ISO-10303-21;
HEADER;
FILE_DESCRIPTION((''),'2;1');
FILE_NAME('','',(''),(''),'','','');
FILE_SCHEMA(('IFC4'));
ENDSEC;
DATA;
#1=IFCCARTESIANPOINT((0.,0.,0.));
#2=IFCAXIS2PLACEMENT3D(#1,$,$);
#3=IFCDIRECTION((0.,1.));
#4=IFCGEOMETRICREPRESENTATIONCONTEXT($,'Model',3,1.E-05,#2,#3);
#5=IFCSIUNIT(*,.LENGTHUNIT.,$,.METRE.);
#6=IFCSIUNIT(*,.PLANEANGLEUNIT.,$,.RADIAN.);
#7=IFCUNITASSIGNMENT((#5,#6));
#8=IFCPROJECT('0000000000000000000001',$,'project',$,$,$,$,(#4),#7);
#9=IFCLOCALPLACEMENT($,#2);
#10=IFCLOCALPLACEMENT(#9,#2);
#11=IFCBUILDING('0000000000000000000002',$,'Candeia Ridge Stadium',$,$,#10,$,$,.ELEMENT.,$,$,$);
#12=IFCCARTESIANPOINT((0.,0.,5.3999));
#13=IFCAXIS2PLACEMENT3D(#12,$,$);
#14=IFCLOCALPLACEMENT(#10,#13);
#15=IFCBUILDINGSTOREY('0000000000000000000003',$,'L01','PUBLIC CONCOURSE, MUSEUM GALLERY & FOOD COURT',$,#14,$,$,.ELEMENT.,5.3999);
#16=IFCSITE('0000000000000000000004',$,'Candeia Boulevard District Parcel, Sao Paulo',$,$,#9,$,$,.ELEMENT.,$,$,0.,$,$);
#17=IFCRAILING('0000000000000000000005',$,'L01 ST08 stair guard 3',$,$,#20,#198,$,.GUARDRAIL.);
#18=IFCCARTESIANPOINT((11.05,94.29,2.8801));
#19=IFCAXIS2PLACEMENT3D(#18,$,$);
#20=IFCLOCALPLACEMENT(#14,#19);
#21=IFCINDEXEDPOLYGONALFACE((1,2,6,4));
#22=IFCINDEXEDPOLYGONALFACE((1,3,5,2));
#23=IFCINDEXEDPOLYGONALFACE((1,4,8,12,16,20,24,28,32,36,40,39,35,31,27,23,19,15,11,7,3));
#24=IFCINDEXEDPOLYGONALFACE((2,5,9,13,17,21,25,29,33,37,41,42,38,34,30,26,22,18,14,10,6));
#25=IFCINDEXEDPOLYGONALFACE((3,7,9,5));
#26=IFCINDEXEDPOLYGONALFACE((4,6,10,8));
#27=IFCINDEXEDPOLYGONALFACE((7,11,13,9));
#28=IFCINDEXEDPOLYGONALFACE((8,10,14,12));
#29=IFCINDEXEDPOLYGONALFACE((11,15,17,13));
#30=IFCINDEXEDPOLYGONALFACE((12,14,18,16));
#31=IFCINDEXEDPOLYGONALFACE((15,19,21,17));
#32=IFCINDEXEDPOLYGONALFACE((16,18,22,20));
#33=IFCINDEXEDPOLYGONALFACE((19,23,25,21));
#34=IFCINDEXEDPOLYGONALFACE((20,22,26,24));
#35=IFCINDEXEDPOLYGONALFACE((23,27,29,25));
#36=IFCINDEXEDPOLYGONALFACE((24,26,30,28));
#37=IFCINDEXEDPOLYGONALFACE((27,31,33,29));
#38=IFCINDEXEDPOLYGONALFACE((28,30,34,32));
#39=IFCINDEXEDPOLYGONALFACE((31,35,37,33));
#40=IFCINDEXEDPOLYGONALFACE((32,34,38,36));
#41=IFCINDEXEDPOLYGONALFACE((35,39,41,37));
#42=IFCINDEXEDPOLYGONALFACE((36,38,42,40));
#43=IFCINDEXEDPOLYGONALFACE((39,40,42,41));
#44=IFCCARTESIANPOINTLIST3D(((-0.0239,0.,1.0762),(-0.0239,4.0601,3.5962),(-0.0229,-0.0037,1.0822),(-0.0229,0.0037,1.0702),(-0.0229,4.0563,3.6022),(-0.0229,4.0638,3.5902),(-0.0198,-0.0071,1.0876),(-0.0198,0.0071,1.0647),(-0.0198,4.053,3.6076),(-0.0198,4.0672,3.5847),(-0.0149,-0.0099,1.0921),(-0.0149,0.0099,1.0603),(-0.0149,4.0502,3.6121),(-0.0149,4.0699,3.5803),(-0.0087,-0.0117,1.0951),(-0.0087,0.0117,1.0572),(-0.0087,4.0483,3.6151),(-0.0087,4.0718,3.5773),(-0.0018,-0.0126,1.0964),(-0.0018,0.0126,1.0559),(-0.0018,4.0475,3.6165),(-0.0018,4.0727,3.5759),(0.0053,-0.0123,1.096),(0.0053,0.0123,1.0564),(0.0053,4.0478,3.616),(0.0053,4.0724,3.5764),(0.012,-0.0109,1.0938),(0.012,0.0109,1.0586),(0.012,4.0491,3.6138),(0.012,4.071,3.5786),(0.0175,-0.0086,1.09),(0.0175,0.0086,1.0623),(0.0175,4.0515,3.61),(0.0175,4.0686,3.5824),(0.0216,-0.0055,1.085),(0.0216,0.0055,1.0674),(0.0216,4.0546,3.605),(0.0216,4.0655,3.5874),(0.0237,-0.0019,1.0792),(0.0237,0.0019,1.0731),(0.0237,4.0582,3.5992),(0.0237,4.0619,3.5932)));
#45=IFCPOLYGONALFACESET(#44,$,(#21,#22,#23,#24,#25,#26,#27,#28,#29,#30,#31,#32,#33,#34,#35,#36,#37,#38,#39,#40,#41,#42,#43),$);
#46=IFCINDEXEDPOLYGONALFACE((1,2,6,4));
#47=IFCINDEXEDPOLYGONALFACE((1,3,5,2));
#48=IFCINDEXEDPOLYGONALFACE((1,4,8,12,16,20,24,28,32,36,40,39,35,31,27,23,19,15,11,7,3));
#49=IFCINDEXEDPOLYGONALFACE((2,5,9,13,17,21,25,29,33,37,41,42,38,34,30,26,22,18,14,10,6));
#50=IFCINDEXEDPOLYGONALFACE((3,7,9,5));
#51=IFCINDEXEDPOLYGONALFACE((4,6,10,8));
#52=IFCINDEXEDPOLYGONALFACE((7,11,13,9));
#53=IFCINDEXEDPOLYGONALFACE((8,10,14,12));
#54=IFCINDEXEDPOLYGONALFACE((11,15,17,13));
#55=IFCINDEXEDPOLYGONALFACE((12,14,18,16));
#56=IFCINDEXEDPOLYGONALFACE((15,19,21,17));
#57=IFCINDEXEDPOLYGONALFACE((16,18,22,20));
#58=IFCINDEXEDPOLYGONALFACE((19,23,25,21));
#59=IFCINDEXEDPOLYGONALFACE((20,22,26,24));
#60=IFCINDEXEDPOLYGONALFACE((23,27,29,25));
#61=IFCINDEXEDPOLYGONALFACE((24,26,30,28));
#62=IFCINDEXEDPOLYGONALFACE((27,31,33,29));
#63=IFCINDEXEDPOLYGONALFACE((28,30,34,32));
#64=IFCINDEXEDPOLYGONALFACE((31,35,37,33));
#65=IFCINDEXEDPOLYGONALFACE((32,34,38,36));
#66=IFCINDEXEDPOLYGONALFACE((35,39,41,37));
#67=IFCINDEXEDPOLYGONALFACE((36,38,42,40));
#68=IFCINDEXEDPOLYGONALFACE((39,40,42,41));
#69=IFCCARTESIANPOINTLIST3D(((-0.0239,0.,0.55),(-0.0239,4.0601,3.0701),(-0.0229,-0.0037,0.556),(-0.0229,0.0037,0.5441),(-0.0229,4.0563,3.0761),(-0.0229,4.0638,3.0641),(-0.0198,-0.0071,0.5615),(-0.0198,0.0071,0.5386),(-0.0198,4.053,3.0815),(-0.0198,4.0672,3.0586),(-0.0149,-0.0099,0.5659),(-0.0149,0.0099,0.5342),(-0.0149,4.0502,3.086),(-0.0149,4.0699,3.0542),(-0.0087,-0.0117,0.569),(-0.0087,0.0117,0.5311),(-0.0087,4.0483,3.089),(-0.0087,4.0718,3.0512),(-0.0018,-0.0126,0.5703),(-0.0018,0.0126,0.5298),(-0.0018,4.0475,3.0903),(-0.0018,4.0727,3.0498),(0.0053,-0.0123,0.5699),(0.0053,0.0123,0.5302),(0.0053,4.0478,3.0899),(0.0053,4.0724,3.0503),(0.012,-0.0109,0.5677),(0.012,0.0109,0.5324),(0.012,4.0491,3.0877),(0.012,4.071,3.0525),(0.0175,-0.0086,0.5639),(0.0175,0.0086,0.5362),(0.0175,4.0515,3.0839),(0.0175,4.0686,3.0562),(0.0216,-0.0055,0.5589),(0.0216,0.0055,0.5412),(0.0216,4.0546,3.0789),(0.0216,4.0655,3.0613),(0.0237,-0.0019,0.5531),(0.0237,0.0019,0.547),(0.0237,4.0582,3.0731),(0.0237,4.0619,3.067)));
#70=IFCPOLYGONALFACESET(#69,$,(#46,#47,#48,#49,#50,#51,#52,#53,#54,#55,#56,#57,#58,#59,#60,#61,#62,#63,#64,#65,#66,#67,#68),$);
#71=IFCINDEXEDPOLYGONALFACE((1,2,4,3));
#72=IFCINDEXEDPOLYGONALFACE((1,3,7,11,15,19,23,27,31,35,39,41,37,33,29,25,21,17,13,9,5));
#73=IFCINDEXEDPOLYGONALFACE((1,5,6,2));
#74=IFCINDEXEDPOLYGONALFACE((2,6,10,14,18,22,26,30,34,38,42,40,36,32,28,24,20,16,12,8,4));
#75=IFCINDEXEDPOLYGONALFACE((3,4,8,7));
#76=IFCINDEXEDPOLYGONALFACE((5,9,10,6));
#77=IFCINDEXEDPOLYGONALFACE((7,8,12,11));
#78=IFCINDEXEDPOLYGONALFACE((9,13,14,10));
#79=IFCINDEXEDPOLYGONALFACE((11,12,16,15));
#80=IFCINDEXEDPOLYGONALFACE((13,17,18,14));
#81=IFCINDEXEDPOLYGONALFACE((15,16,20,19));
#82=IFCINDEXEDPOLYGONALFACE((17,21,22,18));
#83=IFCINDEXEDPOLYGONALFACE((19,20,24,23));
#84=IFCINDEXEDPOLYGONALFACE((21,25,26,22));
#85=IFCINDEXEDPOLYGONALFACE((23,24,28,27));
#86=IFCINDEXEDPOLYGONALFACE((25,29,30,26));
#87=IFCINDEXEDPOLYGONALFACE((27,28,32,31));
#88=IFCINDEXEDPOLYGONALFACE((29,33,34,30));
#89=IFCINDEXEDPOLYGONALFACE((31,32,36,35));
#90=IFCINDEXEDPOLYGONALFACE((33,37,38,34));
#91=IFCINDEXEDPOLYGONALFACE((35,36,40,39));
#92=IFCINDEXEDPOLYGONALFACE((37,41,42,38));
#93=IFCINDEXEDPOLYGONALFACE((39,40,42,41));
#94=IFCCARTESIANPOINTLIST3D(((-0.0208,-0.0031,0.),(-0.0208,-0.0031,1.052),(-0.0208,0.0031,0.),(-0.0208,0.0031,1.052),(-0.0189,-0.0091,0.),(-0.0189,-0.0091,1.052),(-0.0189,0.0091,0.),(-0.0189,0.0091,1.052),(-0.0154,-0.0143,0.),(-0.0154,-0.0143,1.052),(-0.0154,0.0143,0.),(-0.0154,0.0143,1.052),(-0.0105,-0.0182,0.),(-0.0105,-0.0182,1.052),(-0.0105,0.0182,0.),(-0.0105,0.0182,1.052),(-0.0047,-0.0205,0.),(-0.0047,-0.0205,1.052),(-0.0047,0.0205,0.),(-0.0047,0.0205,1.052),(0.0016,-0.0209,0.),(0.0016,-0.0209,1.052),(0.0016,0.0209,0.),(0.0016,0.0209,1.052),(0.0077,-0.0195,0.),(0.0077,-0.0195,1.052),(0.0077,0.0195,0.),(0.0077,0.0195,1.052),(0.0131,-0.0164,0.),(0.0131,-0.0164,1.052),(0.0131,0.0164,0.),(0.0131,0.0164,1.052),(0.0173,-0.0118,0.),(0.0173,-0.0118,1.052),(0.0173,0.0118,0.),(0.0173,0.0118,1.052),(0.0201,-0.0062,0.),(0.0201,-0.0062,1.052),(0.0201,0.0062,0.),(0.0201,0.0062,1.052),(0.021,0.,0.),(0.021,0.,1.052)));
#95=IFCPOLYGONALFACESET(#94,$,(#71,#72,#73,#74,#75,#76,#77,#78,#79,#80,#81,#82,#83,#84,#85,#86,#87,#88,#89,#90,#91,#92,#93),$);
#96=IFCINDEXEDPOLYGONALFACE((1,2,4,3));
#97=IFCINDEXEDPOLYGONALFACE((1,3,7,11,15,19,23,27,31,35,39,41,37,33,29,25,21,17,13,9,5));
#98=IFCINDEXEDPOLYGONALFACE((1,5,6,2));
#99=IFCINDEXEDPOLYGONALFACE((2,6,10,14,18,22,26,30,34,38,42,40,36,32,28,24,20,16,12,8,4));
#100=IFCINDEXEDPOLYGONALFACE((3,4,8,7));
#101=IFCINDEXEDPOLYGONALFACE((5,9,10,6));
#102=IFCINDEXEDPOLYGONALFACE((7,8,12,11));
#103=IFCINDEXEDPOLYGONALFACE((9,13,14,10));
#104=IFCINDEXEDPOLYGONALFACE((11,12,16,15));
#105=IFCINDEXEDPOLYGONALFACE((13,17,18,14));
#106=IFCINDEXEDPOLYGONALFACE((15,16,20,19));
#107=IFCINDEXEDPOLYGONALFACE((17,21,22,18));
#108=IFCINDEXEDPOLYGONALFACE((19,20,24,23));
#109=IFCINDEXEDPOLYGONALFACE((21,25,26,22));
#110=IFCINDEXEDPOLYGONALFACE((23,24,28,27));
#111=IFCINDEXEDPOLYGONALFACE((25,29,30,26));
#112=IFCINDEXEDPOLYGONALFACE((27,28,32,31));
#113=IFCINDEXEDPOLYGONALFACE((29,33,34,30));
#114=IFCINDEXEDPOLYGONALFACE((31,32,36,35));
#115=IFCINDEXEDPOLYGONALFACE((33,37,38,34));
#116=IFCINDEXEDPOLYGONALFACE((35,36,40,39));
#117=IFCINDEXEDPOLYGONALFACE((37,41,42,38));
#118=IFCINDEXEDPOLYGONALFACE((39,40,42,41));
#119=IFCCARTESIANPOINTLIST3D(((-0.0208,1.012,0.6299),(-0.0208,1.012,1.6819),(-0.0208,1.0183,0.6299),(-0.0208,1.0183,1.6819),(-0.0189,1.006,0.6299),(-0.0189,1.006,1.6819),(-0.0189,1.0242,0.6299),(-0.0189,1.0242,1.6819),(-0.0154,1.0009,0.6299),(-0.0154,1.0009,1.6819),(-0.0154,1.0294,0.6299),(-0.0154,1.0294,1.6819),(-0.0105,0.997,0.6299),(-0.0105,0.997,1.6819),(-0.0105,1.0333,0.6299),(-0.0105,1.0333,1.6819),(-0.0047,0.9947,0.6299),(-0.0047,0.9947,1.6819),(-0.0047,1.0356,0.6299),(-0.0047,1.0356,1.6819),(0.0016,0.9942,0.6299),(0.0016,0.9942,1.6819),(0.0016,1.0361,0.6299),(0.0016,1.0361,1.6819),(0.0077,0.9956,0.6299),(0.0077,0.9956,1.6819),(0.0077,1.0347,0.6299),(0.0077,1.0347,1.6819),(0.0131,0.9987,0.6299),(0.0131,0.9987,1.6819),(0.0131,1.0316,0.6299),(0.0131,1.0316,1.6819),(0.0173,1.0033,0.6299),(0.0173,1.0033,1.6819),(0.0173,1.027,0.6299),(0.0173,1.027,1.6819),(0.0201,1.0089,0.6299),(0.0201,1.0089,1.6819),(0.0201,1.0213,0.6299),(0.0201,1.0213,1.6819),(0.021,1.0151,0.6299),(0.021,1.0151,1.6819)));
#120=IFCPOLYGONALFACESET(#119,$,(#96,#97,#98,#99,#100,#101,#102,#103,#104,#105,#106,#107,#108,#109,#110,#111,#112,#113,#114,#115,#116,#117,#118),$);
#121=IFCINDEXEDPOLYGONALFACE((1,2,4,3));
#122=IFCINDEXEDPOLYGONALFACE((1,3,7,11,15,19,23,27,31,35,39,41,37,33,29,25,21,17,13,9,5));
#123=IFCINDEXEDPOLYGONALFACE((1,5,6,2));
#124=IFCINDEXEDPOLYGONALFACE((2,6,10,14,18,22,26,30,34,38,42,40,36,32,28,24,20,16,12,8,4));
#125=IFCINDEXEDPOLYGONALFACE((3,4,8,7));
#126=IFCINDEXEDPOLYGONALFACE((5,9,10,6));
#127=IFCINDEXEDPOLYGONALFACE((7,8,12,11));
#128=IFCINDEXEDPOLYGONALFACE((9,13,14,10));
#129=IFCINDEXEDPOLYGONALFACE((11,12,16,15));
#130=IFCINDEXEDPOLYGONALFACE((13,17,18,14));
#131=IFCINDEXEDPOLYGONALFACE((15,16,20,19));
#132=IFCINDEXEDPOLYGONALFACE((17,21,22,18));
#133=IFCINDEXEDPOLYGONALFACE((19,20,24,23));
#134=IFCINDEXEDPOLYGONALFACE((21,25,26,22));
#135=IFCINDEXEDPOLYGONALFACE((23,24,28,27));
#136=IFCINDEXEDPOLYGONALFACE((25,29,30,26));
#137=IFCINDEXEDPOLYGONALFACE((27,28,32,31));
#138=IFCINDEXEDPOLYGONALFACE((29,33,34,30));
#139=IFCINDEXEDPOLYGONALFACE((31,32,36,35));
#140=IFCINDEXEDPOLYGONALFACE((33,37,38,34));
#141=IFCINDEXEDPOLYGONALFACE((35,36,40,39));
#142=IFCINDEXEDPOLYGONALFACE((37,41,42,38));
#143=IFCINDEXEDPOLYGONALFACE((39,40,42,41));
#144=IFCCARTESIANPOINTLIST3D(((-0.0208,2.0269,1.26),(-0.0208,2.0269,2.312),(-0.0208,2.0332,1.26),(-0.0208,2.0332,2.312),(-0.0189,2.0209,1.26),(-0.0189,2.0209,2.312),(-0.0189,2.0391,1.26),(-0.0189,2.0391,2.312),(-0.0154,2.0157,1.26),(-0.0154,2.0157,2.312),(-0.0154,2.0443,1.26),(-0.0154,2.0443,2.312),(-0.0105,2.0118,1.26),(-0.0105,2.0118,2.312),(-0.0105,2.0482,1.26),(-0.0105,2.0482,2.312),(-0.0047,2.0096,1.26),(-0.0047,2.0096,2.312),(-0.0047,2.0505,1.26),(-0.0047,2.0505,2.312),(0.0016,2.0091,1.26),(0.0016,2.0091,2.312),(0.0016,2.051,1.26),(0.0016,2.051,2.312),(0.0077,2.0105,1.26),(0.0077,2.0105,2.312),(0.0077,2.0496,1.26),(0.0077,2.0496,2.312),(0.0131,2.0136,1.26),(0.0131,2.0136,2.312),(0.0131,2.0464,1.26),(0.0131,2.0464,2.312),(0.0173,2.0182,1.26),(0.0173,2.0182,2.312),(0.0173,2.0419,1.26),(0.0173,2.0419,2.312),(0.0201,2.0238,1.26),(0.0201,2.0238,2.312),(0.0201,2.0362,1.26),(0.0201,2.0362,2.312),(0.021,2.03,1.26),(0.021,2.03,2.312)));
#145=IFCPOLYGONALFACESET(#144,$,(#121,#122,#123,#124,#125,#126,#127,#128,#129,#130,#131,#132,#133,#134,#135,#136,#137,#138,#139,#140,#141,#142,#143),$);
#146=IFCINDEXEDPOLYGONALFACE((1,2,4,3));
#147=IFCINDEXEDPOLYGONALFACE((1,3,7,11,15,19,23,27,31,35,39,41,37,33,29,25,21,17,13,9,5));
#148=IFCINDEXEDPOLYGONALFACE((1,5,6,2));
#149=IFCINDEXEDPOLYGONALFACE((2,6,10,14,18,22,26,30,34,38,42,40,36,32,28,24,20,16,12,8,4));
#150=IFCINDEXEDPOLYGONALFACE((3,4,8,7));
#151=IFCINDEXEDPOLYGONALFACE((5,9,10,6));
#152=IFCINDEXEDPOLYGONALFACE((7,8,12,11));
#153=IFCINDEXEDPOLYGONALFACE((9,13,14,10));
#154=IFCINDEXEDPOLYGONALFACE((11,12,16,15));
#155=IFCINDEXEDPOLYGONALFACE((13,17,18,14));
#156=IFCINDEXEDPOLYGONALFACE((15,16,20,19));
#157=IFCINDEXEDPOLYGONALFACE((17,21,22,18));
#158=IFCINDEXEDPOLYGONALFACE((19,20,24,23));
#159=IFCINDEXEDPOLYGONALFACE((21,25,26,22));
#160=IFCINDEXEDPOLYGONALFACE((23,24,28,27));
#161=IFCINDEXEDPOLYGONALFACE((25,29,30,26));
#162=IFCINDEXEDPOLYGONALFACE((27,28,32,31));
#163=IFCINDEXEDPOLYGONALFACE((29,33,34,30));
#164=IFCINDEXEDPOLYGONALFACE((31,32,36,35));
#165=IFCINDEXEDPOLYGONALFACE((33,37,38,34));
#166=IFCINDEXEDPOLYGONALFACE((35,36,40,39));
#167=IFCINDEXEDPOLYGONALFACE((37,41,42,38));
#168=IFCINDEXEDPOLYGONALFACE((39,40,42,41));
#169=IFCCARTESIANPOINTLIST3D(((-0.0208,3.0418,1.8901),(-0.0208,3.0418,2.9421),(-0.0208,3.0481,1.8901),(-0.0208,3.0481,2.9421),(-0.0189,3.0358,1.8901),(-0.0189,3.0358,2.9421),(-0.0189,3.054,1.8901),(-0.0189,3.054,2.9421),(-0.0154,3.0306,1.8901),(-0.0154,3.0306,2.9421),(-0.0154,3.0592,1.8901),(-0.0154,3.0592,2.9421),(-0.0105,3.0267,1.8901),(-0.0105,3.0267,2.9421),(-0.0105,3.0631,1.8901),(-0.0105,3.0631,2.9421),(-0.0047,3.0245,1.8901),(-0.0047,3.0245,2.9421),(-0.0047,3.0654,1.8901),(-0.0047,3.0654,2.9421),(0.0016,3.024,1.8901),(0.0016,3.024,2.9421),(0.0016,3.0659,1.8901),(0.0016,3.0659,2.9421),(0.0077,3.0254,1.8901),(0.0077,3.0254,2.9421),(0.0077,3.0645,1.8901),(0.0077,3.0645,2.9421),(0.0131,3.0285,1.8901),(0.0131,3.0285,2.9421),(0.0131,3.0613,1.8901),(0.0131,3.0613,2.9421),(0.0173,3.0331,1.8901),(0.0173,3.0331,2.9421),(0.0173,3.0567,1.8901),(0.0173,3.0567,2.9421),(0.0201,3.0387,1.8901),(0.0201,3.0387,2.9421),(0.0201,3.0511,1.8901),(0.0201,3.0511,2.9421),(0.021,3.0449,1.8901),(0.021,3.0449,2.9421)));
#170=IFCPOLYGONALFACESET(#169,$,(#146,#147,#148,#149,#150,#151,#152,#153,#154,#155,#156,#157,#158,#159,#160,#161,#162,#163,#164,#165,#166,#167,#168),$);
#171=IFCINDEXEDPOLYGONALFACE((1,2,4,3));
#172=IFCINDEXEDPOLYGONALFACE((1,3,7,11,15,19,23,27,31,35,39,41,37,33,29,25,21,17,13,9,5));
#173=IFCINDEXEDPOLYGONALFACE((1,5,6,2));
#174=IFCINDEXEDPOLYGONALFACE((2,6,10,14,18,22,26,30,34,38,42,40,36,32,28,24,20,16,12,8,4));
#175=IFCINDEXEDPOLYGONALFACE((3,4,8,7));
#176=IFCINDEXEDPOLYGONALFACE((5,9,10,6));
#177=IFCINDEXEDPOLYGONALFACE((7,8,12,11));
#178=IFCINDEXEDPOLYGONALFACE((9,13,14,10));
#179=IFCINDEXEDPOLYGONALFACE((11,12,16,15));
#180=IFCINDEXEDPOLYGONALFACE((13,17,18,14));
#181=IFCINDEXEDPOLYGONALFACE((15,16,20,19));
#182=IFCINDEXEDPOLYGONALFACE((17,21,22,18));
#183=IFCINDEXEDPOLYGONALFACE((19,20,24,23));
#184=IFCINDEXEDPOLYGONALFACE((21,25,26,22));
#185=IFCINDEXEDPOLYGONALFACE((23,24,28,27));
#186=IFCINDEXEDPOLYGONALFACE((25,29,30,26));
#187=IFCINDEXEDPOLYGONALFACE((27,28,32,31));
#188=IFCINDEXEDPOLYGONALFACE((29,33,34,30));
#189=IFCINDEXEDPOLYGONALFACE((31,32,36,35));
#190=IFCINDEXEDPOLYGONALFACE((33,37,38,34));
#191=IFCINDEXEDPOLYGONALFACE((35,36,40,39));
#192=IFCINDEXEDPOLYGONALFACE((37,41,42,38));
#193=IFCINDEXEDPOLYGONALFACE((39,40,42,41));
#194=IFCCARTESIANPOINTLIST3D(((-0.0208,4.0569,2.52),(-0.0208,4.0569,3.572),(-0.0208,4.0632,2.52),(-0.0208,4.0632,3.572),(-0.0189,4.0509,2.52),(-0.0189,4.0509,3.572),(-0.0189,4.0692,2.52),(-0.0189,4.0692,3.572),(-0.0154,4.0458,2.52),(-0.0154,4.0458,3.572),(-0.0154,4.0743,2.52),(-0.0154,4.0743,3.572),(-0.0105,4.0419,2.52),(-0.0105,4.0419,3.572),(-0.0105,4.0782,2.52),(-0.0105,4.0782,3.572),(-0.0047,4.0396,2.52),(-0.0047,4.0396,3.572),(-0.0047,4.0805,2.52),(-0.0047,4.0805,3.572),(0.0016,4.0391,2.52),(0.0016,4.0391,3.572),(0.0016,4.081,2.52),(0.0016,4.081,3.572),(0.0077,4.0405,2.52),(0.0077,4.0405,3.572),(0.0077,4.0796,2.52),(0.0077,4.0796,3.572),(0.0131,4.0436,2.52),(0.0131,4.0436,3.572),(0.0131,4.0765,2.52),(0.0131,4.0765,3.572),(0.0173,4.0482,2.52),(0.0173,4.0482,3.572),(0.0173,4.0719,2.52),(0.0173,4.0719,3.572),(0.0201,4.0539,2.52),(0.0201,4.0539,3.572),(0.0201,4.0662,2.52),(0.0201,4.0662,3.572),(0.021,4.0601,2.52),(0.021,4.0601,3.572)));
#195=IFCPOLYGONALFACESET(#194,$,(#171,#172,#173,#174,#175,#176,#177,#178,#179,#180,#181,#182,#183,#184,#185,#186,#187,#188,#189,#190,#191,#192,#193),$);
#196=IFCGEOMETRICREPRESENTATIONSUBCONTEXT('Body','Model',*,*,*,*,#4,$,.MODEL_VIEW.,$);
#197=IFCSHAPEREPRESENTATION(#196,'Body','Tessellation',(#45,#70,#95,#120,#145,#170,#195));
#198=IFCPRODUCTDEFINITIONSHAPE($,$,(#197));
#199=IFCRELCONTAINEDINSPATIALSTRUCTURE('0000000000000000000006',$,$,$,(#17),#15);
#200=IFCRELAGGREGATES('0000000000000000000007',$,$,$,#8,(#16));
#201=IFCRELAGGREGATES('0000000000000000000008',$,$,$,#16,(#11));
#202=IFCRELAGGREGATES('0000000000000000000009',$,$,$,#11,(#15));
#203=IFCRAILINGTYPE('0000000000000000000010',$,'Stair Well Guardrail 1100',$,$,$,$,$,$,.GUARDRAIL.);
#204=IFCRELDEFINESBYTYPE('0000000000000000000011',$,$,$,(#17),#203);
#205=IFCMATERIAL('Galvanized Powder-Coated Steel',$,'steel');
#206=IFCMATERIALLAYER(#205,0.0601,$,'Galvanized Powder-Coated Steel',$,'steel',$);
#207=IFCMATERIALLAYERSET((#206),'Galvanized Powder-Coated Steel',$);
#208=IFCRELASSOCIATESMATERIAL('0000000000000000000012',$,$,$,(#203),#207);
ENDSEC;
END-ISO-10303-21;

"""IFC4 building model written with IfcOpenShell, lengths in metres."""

from ifc_helpers import new_model, si_unit, direction, frame, origin, origin_2d, place, context, subcontext, project, spatial, circle, extrude, material, layer, layer_set, type_object, element, save


model = new_model("IFC4")

# Units and contexts
model_context = context("Model", 3, precision=1e-05, world=origin(), true_north=direction((0.0, 1.0)))
body_context = subcontext(model_context, "Body", "Model", "MODEL_VIEW")
ifc_project = project(units=[si_unit("LENGTHUNIT", "METRE"), si_unit("PLANEANGLEUNIT", "RADIAN")], contexts=[model_context])

# Site, building, storey
site_placement = place(None, origin())
site = spatial("IfcSite", under=ifc_project, at=site_placement, Name="Candeia Boulevard District Parcel, Sao Paulo", CompositionType="ELEMENT", RefElevation=0.0)
building_placement = place(site_placement, origin())
building = spatial("IfcBuilding", under=site, at=building_placement, Name="Candeia Ridge Stadium", CompositionType="ELEMENT")
storey_placement = place(building_placement, frame((0.0, 0.0, 5.3999)))
storey = spatial("IfcBuildingStorey", under=building, at=storey_placement, Name="L01", Description="PUBLIC CONCOURSE, MUSEUM GALLERY & FOOD COURT", CompositionType="ELEMENT", Elevation=5.3999)

# Railing
ifc_material_1 = material(Name="Galvanized Powder-Coated Steel", Category="steel")
ifc_layer_1 = layer(ifc_material_1, 0.0601, Name="Galvanized Powder-Coated Steel", Category="steel")
ifc_layer_set_1 = layer_set([ifc_layer_1], Name="Galvanized Powder-Coated Steel")
railing_type_1 = type_object("IfcRailingType", Name="Stair Well Guardrail 1100", PredefinedType="GUARDRAIL", material=ifc_layer_set_1)
railing_1_placement = place(storey_placement, frame((11.05, 94.29, 2.8801)))
element("IfcRailing", 1, at=railing_1_placement, inside=storey, type_object=railing_type_1, Name="L01 ST08 stair guard 3", PredefinedType="GUARDRAIL", context=body_context, shape_type="SweptSolid", body=[
    extrude(circle(Radius=0.0239, at=origin_2d()), frame((0.0, 0.0, 1.0762), z_axis=(0.0, 0.849642, 0.52736), x_axis=(-1.0, 0.0, 0.0)), (0.0, 0.0, 1.0), 4.7786),
    extrude(circle(Radius=0.0239, at=origin_2d()), frame((0.0, 0.0, 0.55), z_axis=(0.0, 0.849642, 0.52736), x_axis=(-1.0, 0.0, 0.0)), (0.0, 0.0, 1.0), 4.7786),
    extrude(circle(Radius=0.021, at=origin_2d()), origin(), (0.0, 0.0, 1.0), 1.052),
    extrude(circle(Radius=0.021, at=origin_2d()), frame((0.0, 1.0151, 0.6299)), (0.0, 0.0, 1.0), 1.052),
    extrude(circle(Radius=0.021, at=origin_2d()), frame((0.0, 2.03, 1.26)), (0.0, 0.0, 1.0), 1.052),
    extrude(circle(Radius=0.021, at=origin_2d()), frame((0.0, 3.0449, 1.8901)), (0.0, 0.0, 1.0), 1.052),
    extrude(circle(Radius=0.021, at=origin_2d()), frame((0.0, 4.0601, 2.52)), (0.0, 0.0, 1.0), 1.052),
])

save(model, "model.ifc")
